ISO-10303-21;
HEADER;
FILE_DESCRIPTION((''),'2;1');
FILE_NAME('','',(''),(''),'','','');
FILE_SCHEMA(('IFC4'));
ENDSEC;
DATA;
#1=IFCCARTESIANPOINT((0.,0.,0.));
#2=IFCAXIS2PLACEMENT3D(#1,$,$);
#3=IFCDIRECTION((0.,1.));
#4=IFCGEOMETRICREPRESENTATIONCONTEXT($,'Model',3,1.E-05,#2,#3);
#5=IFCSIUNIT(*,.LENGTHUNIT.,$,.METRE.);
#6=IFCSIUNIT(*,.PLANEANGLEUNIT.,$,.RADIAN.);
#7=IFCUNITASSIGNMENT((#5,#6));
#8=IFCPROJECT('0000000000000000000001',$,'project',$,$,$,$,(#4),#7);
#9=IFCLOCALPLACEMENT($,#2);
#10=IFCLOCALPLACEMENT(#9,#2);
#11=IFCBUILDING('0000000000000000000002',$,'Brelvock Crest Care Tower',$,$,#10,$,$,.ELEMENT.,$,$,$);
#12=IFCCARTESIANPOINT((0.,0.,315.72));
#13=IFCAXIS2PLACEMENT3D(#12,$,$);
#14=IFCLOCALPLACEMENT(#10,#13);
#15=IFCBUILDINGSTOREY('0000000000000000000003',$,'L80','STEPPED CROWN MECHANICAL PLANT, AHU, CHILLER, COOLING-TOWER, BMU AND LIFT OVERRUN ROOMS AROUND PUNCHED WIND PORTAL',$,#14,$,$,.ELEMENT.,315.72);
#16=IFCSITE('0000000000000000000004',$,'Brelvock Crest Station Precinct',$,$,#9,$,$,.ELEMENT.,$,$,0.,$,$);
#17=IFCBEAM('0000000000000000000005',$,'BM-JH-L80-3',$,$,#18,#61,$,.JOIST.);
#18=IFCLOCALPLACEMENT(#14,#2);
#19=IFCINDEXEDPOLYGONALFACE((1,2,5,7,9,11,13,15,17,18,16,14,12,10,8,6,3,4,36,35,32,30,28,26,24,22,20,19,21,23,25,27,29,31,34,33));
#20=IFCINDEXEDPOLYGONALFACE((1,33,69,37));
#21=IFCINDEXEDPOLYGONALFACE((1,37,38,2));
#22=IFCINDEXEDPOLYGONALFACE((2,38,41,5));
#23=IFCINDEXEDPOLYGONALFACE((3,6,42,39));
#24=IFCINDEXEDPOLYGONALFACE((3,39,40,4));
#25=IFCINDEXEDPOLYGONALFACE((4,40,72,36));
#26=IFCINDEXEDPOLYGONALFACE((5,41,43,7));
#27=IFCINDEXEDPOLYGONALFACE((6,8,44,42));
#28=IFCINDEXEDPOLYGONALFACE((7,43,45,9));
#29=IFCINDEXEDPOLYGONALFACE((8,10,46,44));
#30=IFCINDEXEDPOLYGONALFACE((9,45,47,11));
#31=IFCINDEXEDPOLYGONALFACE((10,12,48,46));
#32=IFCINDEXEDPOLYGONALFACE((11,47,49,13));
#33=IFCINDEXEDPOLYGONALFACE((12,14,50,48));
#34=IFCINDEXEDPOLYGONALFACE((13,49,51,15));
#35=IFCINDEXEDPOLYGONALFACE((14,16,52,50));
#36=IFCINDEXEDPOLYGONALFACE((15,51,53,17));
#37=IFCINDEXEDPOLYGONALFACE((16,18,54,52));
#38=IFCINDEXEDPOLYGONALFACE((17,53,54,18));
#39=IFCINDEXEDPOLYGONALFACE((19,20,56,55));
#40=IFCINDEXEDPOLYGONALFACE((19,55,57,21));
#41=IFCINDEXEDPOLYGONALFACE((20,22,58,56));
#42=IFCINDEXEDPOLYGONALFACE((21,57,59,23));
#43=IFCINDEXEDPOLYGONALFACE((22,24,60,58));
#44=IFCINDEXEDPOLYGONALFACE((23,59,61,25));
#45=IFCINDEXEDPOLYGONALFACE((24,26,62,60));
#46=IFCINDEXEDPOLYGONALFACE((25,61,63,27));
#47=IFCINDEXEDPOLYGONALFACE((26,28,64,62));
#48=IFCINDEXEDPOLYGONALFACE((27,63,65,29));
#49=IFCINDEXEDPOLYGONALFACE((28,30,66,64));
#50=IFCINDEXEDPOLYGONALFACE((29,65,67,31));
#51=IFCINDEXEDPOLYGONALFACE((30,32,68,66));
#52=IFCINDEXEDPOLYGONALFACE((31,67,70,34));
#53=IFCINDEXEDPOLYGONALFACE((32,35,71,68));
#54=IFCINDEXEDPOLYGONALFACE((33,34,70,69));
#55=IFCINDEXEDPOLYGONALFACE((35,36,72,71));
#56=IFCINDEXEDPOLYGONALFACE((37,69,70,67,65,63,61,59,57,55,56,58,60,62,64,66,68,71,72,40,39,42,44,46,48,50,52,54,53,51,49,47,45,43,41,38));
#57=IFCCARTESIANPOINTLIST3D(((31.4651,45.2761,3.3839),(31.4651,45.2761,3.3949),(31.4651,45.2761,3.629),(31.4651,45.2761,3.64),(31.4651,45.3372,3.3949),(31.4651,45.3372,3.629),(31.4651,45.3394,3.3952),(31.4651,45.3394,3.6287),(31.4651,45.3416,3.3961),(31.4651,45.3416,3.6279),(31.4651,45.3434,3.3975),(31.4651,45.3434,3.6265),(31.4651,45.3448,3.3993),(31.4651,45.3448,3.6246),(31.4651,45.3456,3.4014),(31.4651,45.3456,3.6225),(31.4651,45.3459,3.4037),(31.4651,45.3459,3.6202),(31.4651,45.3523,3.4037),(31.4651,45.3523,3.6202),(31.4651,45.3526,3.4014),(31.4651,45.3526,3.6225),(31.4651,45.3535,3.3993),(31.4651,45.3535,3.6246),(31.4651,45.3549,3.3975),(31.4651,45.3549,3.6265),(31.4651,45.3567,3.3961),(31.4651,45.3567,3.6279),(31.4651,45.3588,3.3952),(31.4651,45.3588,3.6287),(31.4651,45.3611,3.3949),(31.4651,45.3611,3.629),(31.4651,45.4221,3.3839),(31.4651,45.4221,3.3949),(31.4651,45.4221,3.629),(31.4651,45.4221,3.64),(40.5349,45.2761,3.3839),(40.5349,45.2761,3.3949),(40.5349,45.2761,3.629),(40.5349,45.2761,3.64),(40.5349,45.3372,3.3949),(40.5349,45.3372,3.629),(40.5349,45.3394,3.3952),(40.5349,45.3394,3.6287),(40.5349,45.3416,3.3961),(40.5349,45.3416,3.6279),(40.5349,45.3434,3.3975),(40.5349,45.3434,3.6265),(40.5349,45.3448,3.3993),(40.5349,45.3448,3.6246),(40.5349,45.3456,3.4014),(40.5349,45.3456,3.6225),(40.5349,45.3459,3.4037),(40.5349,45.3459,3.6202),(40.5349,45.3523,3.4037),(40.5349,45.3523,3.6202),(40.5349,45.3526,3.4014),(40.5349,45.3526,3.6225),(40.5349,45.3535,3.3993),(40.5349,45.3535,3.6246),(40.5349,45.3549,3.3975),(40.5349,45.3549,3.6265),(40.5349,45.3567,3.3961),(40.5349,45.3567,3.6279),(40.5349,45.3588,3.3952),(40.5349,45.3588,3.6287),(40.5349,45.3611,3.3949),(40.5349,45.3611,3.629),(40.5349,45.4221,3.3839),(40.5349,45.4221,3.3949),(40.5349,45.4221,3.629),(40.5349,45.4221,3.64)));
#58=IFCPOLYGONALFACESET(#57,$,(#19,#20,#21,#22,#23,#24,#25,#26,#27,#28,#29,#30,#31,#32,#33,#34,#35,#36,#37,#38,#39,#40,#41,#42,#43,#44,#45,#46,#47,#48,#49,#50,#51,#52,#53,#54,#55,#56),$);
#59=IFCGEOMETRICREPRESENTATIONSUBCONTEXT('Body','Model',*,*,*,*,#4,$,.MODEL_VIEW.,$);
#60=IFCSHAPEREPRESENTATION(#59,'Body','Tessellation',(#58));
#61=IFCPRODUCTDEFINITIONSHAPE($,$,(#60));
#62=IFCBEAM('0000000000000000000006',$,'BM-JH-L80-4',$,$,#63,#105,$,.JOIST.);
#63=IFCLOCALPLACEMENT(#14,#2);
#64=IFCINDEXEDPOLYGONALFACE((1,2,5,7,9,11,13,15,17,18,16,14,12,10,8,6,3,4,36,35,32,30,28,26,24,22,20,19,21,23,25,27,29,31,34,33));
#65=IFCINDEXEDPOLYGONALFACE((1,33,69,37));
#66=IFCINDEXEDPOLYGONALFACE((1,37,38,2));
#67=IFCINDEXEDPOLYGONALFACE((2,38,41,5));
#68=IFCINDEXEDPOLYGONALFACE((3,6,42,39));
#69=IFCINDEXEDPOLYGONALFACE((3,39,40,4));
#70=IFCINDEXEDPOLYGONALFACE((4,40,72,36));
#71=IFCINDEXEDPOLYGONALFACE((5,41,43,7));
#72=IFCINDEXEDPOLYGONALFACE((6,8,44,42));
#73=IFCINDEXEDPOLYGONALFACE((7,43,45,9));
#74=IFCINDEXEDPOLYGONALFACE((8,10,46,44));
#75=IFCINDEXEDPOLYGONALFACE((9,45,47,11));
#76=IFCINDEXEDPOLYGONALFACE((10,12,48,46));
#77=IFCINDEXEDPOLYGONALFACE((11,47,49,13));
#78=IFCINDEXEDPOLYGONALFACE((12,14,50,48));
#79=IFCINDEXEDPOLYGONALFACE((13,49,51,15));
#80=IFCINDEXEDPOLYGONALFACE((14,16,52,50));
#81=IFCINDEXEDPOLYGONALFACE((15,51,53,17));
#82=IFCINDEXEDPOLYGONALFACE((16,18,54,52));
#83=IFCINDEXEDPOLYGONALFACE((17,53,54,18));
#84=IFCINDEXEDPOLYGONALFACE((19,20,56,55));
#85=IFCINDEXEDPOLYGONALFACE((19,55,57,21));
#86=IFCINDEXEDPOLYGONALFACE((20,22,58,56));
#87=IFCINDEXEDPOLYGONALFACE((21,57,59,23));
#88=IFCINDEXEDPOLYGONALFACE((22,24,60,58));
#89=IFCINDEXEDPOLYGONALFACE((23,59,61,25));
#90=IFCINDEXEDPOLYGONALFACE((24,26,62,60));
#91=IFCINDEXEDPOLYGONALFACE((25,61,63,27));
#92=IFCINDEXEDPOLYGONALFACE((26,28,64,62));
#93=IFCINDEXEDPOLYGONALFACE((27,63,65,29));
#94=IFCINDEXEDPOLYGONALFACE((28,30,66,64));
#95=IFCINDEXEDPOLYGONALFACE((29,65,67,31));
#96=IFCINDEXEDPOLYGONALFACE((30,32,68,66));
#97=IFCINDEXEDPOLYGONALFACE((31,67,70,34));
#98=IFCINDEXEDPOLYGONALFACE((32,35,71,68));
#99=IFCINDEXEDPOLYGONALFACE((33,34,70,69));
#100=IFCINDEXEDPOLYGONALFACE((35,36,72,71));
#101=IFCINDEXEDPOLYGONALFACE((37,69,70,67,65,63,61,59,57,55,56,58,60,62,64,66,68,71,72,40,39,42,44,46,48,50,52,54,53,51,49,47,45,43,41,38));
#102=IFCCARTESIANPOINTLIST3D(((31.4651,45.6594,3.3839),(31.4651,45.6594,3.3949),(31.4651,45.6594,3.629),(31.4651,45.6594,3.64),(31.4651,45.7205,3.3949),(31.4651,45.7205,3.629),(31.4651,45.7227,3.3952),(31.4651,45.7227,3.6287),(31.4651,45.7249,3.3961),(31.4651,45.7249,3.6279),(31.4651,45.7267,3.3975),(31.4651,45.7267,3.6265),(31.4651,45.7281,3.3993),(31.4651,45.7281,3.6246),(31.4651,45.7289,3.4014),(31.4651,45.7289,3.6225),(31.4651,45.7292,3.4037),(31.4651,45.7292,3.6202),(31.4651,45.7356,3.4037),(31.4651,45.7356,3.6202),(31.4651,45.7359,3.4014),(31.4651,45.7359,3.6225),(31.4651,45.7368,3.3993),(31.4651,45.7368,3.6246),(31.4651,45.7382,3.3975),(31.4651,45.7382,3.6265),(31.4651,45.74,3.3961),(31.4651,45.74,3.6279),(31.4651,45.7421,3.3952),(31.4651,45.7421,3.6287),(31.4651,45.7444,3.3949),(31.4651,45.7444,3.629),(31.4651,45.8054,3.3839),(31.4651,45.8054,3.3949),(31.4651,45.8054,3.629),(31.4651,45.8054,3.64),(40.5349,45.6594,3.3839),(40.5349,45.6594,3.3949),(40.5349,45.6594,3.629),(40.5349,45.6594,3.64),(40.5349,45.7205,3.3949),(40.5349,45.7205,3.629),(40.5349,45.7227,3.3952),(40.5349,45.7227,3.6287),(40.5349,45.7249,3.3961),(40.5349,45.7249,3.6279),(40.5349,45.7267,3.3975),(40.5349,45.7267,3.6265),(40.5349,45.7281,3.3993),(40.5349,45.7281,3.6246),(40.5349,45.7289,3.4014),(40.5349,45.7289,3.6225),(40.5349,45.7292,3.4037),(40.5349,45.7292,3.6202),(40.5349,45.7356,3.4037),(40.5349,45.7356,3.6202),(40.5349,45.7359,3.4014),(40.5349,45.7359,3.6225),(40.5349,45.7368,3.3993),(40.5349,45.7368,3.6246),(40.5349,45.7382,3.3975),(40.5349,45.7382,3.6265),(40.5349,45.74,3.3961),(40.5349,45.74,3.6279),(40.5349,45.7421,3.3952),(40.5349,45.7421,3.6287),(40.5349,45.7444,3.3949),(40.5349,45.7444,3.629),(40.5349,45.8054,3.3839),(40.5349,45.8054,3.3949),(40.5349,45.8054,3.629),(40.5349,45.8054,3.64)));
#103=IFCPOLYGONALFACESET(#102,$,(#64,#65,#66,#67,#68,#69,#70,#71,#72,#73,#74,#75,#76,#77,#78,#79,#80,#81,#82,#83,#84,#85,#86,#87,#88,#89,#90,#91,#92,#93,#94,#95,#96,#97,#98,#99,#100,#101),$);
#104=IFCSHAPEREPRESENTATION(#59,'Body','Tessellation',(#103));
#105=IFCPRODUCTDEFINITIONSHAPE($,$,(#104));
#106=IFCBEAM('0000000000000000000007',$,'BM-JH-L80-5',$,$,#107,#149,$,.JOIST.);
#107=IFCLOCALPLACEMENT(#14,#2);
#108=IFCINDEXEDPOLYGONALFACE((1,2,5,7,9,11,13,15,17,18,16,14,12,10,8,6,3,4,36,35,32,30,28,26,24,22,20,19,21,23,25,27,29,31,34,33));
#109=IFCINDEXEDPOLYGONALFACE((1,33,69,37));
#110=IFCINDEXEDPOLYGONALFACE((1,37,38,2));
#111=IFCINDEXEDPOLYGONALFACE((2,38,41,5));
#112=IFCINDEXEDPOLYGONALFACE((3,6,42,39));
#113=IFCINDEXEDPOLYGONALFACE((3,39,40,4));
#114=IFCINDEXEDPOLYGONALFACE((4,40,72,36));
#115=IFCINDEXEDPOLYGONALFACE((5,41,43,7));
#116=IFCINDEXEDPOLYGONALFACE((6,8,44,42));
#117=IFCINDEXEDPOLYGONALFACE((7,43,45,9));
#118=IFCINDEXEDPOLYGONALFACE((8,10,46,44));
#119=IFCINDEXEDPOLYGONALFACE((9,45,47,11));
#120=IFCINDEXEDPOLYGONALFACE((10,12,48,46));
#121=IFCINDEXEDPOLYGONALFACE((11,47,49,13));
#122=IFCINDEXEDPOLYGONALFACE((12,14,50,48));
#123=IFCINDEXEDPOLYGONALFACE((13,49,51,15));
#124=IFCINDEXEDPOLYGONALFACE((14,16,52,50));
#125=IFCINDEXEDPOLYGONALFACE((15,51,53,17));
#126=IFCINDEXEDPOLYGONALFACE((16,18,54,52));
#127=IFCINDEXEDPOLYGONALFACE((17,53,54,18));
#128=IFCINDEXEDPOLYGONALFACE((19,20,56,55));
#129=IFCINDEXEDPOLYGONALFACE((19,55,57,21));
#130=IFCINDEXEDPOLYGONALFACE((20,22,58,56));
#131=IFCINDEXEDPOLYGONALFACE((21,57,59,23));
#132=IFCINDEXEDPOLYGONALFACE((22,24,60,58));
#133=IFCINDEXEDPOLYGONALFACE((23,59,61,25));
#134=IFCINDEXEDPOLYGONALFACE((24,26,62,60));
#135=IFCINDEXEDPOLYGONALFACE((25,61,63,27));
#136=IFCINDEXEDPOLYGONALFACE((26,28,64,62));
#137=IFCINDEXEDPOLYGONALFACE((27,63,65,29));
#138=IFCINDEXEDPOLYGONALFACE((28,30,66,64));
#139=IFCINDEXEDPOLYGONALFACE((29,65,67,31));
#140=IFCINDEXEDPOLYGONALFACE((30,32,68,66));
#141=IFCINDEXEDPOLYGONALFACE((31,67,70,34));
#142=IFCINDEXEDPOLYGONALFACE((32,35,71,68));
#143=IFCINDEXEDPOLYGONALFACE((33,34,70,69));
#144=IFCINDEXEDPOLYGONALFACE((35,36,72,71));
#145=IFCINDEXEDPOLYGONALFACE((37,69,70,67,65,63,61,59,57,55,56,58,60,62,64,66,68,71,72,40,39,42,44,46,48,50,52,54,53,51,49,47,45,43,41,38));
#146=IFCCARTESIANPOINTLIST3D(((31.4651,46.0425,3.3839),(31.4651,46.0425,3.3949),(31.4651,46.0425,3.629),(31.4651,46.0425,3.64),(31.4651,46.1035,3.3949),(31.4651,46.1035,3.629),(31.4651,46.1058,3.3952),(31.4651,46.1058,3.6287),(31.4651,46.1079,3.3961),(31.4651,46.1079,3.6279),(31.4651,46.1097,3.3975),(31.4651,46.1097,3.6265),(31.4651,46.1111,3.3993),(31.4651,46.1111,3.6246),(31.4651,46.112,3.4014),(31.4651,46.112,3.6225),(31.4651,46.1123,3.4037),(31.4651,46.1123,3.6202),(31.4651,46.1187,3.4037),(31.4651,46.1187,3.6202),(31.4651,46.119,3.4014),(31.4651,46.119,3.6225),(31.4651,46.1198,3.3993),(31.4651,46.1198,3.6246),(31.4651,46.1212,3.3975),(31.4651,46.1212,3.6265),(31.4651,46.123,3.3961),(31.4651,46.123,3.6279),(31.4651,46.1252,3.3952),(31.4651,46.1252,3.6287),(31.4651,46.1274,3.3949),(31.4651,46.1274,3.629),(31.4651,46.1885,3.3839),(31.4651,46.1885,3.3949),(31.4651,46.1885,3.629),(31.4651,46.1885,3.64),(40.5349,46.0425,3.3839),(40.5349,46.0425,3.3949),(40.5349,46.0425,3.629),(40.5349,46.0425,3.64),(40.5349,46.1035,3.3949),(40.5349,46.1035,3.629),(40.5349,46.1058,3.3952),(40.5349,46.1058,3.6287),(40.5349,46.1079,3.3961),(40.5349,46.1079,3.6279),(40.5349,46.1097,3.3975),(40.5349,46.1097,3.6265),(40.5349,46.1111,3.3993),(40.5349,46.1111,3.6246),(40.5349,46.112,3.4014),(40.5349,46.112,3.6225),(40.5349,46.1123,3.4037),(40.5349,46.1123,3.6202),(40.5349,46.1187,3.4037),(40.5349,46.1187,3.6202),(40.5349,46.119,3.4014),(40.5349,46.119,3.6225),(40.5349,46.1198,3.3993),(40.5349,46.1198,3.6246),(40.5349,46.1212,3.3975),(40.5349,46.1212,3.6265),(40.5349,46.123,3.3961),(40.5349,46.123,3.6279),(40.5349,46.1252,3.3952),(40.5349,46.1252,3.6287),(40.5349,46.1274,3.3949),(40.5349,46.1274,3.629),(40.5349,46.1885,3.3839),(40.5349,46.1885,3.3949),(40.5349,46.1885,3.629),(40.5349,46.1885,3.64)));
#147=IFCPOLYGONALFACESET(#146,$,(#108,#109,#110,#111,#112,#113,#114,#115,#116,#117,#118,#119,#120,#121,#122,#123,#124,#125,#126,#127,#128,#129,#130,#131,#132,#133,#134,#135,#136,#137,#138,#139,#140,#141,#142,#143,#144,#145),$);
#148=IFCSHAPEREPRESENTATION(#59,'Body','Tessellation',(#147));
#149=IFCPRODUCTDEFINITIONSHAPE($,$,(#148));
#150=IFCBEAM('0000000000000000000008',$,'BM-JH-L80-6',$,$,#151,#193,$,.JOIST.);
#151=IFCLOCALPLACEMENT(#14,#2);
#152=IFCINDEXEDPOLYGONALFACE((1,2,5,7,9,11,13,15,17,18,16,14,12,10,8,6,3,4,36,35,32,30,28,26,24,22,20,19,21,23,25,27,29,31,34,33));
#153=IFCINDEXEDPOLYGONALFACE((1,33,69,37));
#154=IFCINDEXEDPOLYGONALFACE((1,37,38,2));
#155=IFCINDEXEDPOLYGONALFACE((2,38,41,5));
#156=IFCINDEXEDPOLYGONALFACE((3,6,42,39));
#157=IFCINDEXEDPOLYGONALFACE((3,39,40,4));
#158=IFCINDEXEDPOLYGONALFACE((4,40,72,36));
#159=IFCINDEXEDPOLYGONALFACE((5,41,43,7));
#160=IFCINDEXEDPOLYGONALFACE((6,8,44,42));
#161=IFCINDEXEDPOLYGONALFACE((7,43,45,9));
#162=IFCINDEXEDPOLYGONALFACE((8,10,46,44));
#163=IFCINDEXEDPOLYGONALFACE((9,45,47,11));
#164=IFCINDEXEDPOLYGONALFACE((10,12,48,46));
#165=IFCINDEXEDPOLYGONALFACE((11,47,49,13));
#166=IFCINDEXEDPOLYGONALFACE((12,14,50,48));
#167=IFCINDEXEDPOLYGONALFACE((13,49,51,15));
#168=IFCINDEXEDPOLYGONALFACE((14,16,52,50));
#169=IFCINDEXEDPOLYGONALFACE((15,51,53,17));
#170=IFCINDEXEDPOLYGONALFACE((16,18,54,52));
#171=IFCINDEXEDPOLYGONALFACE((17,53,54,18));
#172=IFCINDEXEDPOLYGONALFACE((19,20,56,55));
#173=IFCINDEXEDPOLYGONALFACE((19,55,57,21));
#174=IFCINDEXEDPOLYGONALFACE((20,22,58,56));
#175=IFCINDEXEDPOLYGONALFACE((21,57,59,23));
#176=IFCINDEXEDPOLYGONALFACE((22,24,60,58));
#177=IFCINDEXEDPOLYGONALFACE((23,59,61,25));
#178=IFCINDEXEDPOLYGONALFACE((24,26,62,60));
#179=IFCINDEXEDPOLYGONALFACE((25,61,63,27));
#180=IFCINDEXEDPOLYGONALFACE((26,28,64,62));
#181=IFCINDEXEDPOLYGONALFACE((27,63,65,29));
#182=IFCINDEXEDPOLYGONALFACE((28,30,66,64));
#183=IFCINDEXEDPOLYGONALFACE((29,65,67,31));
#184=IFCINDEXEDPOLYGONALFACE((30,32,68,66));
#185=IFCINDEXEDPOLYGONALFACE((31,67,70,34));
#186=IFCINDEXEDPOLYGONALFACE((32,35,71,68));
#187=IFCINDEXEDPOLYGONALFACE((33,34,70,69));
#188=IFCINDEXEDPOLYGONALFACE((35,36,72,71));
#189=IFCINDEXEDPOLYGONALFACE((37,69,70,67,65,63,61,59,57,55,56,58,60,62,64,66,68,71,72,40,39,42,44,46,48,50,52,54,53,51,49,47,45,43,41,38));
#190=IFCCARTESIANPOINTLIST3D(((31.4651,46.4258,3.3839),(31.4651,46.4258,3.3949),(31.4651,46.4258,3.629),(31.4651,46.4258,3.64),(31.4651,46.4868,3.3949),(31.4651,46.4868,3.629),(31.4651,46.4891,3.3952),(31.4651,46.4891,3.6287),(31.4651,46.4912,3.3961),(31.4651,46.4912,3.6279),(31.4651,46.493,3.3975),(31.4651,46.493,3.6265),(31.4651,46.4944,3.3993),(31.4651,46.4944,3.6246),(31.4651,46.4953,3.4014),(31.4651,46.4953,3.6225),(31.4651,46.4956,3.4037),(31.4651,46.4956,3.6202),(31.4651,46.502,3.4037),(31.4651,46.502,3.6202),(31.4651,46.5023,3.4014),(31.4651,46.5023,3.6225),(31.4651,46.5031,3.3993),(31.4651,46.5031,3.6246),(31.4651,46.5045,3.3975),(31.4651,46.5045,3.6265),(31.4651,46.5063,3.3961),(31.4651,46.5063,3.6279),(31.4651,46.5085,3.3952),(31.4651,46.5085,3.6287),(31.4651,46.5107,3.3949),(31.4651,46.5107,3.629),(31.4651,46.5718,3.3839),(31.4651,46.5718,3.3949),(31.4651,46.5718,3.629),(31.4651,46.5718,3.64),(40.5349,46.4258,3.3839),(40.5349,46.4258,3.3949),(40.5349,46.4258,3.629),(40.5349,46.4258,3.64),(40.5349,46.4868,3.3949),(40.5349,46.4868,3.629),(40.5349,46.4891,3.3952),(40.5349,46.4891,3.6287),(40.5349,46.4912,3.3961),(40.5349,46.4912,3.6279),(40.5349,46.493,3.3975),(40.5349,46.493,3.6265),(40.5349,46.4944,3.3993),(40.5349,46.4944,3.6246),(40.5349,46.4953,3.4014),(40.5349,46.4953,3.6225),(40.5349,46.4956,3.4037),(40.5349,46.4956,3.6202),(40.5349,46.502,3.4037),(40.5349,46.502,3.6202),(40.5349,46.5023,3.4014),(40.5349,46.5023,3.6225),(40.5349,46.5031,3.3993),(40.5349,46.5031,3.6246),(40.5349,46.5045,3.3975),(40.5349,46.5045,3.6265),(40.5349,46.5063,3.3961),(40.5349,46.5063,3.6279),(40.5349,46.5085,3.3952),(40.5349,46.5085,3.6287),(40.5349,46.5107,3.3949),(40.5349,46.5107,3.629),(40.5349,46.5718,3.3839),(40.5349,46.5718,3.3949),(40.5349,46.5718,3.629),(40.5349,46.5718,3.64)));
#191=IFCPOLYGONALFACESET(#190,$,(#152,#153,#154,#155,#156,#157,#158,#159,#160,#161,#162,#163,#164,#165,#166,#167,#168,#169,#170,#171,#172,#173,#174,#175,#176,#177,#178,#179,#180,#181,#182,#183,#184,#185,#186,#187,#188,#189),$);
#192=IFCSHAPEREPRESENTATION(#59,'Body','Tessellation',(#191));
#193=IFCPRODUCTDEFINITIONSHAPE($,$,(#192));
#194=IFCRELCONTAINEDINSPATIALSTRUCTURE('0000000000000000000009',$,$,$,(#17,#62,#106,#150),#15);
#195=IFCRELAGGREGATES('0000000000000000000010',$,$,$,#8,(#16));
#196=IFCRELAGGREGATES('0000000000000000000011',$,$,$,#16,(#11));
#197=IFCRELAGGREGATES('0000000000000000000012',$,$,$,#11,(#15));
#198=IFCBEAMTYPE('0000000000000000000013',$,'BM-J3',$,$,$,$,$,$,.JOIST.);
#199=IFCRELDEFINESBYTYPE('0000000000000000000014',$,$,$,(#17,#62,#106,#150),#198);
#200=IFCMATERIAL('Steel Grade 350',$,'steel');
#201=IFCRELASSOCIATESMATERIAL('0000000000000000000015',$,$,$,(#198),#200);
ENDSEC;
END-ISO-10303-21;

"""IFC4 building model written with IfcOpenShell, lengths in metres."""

from ifc_helpers import new_model, si_unit, direction, frame, origin, origin_2d, place, context, subcontext, project, spatial, i_section, extrude, source, transform, mapped, material, material_profile, profile_set, type_object, element, save


model = new_model("IFC4")

# Units and contexts
model_context = context("Model", 3, precision=1e-05, world=origin(), true_north=direction((0.0, 1.0)))
body_context = subcontext(model_context, "Body", "Model", "MODEL_VIEW")
ifc_project = project(units=[si_unit("LENGTHUNIT", "METRE"), si_unit("PLANEANGLEUNIT", "RADIAN")], contexts=[model_context])

# Site, building, storey
site_placement = place(None, origin())
site = spatial("IfcSite", under=ifc_project, at=site_placement, Name="Brelvock Crest Station Precinct", CompositionType="ELEMENT", RefElevation=0.0)
building_placement = place(site_placement, origin())
building = spatial("IfcBuilding", under=site, at=building_placement, Name="Brelvock Crest Care Tower", CompositionType="ELEMENT")
storey_placement = place(building_placement, frame((0.0, 0.0, 315.72)))
storey = spatial("IfcBuildingStorey", under=building, at=storey_placement, Name="L80", Description="STEPPED CROWN MECHANICAL PLANT, AHU, CHILLER, COOLING-TOWER, BMU AND LIFT OVERRUN ROOMS AROUND PUNCHED WIND PORTAL", CompositionType="ELEMENT", Elevation=315.72)

# Shared definitions
ifc_material_1 = material(Name="Steel Grade 350", Category="steel")

# Beams
ifc_material_profile_1 = material_profile(ifc_material_1, i_section(OverallWidth=0.146, OverallDepth=0.2561, WebThickness=0.0063, FlangeThickness=0.011, FilletRadius=0.0088, at=origin_2d()), Name="250UB37.3")
ifc_profile_set_1 = profile_set([ifc_material_profile_1], Name="Steel Grade 350")
beam_type_1 = type_object("IfcBeamType", Name="BM-J3", PredefinedType="JOIST", material=ifc_profile_set_1)
shared_shape_1 = source(origin(), body_context, "Body", "SweptSolid", [
    extrude(i_section(OverallWidth=0.146, OverallDepth=0.2561, WebThickness=0.0063, FlangeThickness=0.011, FilletRadius=0.0088, at=origin_2d()), origin(), (0.0, 0.0, 1.0), 9.0698),
])
for number, where, z_axis, x_axis, name in (
    (1, (31.4651, 45.3491, 3.512), (1.0, 0.0, 0.0), (0.0, 1.0, 0.0), "BM-JH-L80-3"),
    (2, (31.4651, 45.7324, 3.512), (1.0, 0.0, 0.0), (0.0, 1.0, 0.0), "BM-JH-L80-4"),
    (3, (31.4651, 46.1155, 3.512), (1.0, 0.0, 0.0), (0.0, 1.0, 0.0), "BM-JH-L80-5"),
    (4, (31.4651, 46.4988, 3.512), (1.0, 0.0, 0.0), (0.0, 1.0, 0.0), "BM-JH-L80-6"),
):
    element("IfcBeam", number, at=place(storey_placement, frame(where, z_axis=z_axis, x_axis=x_axis)), inside=storey, type_object=beam_type_1, Name=name, PredefinedType="JOIST", context=body_context, shape_type="MappedRepresentation", body=[
        mapped(shared_shape_1, transform((0.0, 0.0, 0.0), x_axis=(1.0, 0.0, 0.0), y_axis=(0.0, 1.0, 0.0), z_axis=(0.0, 0.0, 1.0), scale=1.0)),
    ])

save(model, "model.ifc")
